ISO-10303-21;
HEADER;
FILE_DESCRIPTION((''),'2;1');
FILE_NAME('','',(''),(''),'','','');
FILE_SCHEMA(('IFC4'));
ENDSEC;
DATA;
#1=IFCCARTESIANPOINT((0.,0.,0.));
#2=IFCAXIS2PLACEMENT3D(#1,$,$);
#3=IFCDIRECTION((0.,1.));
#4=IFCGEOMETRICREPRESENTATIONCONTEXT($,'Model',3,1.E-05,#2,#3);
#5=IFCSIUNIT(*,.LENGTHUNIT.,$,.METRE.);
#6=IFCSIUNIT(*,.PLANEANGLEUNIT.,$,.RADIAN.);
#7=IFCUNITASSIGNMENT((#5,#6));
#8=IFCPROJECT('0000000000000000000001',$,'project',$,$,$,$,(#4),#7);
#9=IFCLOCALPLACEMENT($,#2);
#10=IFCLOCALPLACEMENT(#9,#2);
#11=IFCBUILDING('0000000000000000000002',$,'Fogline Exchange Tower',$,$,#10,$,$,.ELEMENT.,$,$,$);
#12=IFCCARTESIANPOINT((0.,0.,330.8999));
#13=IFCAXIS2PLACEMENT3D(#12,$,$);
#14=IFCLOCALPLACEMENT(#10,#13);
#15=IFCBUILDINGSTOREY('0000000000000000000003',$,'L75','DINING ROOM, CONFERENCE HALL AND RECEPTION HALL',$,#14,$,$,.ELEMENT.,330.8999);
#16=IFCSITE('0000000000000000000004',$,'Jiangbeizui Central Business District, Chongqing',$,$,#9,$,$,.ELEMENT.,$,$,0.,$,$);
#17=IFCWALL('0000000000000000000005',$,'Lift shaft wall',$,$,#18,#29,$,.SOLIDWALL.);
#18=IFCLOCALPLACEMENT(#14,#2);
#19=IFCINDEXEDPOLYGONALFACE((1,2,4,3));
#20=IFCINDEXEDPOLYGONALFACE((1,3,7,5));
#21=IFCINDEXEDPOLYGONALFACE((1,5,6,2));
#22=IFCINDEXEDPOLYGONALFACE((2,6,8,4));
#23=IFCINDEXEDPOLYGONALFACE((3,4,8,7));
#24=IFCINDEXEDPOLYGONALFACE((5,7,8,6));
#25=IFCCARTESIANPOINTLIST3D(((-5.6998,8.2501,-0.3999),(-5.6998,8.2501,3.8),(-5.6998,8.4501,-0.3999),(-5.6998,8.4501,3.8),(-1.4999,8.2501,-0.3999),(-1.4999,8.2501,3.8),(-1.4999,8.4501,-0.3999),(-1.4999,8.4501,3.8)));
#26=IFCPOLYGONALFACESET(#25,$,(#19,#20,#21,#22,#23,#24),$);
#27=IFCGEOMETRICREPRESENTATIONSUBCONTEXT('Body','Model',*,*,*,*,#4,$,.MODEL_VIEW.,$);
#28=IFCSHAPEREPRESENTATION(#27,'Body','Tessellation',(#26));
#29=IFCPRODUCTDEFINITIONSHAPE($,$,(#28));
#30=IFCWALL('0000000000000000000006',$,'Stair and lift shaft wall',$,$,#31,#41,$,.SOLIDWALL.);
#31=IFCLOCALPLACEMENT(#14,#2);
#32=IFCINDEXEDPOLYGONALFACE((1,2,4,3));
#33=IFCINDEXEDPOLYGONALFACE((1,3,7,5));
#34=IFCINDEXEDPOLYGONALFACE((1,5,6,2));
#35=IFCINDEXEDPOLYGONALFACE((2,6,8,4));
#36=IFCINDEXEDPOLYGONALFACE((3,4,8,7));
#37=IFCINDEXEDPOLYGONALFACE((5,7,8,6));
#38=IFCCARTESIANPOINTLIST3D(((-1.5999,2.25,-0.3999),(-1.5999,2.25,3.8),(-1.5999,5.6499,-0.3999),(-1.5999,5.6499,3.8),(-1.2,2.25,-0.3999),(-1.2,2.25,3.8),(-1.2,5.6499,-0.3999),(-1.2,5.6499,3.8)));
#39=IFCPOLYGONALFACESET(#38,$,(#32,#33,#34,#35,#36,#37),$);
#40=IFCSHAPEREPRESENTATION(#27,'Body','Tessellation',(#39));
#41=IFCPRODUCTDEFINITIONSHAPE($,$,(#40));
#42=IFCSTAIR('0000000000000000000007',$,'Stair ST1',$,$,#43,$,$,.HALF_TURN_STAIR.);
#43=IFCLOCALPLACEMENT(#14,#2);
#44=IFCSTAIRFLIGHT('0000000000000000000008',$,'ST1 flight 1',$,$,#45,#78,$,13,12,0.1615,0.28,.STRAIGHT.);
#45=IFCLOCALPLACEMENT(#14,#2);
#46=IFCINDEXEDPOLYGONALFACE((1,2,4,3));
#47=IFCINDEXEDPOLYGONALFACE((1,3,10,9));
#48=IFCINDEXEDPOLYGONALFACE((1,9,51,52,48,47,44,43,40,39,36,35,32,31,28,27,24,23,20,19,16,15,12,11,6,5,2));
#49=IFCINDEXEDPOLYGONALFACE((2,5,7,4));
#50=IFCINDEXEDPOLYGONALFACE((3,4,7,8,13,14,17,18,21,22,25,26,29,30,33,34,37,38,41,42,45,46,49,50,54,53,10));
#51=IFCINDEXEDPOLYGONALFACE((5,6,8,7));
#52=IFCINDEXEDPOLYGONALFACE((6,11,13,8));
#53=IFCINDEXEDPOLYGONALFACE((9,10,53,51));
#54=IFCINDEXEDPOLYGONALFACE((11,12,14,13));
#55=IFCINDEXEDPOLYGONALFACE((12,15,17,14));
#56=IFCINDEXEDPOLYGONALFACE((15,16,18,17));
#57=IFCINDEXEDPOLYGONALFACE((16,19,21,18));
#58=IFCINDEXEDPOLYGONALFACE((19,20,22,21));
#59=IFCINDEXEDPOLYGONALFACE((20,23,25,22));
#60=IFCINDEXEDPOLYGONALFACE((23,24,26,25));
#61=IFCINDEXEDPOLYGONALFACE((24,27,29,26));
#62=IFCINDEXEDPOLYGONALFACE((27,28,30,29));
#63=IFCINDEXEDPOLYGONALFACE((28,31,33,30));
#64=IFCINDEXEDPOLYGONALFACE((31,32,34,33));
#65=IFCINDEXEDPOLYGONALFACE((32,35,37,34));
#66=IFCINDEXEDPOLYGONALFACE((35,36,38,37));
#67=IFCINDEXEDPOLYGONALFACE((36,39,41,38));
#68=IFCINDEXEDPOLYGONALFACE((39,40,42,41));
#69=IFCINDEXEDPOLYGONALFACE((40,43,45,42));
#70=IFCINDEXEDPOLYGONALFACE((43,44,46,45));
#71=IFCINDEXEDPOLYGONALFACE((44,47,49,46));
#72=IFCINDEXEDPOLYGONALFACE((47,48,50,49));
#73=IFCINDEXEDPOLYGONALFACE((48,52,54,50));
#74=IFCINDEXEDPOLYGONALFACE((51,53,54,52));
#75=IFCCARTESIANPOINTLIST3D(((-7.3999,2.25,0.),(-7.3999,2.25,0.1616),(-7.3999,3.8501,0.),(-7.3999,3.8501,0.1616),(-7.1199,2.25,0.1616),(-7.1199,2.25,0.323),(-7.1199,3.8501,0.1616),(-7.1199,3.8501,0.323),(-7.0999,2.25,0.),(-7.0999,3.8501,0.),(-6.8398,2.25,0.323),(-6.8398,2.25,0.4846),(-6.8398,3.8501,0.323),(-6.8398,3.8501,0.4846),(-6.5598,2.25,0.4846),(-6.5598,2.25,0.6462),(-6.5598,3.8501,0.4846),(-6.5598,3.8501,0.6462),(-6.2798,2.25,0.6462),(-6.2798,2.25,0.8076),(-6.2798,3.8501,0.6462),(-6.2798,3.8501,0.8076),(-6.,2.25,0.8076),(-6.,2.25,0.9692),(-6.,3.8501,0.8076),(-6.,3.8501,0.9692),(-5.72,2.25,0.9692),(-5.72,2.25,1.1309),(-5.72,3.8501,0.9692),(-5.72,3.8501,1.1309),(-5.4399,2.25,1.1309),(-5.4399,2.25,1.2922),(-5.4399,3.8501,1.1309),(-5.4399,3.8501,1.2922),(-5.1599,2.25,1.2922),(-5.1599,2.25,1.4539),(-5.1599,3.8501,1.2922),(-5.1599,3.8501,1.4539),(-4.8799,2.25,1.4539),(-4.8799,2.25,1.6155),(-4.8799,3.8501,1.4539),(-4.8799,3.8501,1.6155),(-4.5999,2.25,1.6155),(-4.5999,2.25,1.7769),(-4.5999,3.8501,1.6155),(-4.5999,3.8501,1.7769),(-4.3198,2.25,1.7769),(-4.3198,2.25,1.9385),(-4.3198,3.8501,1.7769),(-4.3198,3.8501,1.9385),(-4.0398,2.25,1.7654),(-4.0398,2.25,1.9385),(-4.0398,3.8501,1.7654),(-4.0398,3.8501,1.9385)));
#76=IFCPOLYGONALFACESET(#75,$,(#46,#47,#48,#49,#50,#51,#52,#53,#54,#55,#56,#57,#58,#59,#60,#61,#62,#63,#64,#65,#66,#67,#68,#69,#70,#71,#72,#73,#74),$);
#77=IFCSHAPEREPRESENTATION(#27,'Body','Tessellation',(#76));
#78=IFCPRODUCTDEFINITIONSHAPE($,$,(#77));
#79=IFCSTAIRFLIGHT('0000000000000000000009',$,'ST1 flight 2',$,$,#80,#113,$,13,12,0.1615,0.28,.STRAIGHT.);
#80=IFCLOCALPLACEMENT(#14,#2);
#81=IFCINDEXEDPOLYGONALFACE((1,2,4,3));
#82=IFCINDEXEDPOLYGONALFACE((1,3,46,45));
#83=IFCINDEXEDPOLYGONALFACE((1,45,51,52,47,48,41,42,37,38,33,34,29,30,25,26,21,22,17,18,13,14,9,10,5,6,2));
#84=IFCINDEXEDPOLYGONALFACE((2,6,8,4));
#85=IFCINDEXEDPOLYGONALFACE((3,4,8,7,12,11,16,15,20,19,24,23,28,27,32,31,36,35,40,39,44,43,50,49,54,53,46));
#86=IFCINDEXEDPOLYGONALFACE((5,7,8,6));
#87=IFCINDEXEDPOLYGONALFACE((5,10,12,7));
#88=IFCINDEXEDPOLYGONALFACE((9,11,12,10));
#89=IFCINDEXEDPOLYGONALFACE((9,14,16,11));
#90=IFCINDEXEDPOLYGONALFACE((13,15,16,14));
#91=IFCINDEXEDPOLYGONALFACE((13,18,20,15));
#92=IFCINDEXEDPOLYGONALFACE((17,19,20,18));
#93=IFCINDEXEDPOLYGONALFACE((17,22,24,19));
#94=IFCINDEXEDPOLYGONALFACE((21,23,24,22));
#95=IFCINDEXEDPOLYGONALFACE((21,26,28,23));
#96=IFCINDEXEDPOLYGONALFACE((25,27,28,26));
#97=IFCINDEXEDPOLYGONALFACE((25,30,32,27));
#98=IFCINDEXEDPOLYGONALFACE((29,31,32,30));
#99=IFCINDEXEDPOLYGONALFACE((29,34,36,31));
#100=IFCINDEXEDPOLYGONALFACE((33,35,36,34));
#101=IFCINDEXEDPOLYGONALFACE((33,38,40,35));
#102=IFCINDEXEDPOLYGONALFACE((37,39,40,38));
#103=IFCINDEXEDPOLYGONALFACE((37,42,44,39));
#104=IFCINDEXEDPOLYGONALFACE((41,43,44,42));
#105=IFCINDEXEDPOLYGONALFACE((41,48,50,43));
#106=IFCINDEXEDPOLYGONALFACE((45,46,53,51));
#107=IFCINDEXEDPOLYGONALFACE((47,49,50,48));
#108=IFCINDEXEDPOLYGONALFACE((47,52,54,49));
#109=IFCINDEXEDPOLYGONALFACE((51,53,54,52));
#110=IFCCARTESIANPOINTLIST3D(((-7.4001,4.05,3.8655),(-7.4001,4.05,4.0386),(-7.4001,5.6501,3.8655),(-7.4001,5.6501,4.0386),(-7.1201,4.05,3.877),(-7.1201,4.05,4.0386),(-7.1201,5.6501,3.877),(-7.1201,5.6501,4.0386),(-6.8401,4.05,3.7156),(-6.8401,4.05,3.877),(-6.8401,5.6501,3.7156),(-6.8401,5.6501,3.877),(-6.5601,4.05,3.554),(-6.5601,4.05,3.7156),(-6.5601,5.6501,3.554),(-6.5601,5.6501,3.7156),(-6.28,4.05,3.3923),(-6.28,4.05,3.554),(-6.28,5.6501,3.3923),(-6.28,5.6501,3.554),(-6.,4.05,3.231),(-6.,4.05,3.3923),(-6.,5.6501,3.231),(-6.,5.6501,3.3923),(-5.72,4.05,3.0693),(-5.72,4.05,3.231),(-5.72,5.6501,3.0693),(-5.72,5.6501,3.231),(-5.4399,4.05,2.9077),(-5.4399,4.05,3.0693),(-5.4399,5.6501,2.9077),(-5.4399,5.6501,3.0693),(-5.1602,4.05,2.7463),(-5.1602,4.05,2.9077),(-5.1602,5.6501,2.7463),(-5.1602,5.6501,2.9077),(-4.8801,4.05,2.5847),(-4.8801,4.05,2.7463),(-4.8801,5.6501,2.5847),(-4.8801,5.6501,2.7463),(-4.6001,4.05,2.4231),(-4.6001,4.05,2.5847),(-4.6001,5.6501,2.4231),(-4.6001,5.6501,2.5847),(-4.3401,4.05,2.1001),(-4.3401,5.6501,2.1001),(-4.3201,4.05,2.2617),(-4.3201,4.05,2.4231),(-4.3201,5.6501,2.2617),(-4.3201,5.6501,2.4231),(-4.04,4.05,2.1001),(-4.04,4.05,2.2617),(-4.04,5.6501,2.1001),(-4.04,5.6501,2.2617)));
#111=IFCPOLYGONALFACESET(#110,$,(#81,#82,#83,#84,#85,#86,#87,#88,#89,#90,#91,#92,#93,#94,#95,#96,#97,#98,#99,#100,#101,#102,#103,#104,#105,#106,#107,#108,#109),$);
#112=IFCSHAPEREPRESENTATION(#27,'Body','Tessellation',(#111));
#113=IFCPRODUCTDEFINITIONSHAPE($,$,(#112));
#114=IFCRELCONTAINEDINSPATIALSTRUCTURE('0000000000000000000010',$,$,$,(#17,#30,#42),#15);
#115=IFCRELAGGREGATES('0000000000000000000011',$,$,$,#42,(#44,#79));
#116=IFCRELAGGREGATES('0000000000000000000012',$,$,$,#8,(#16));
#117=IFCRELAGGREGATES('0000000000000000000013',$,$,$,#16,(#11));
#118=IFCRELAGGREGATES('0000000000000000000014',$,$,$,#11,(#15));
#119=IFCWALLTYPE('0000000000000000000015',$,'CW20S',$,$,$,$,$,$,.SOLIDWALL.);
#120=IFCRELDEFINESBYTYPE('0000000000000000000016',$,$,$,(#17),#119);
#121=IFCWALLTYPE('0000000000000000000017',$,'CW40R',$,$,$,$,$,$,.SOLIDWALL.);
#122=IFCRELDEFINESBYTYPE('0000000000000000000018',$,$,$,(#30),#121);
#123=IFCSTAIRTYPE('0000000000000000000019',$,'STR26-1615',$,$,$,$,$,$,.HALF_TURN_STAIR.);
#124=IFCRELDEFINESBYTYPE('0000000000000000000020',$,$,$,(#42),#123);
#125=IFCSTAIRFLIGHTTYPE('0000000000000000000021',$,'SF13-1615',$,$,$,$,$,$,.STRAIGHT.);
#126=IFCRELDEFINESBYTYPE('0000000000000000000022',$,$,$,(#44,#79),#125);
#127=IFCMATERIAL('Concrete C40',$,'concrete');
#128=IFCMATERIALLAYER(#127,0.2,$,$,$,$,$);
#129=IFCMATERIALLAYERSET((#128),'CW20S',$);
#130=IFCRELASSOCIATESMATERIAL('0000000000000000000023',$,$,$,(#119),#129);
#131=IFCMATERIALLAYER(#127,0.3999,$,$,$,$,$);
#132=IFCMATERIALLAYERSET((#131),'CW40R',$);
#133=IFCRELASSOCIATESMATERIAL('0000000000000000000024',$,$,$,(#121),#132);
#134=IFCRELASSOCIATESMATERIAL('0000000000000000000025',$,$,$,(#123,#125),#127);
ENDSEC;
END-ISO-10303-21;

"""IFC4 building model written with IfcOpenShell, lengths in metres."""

from ifc_helpers import new_model, si_unit, direction, frame, frame_2d, origin, place, context, subcontext, project, spatial, polyline, rectangle, outline, extrude, material, layer, layer_set, type_object, element, aggregate, save


model = new_model("IFC4")

# Units and contexts
model_context = context("Model", 3, precision=1e-05, world=origin(), true_north=direction((0.0, 1.0)))
body_context = subcontext(model_context, "Body", "Model", "MODEL_VIEW")
ifc_project = project(units=[si_unit("LENGTHUNIT", "METRE"), si_unit("PLANEANGLEUNIT", "RADIAN")], contexts=[model_context])

# Site, building, storey
site_placement = place(None, origin())
site = spatial("IfcSite", under=ifc_project, at=site_placement, Name="Jiangbeizui Central Business District, Chongqing", CompositionType="ELEMENT", RefElevation=0.0)
building_placement = place(site_placement, origin())
building = spatial("IfcBuilding", under=site, at=building_placement, Name="Fogline Exchange Tower", CompositionType="ELEMENT")
storey_placement = place(building_placement, frame((0.0, 0.0, 330.8999)))
storey = spatial("IfcBuildingStorey", under=building, at=storey_placement, Name="L75", Description="DINING ROOM, CONFERENCE HALL AND RECEPTION HALL", CompositionType="ELEMENT", Elevation=330.8999)

# Shared definitions
ifc_material_1 = material(Name="Concrete C40", Category="concrete")

# Shared definitions
ifc_layer_1 = layer(ifc_material_1, 0.2)
ifc_layer_set_1 = layer_set([ifc_layer_1], Name="CW20S")
wall_type_1 = type_object("IfcWallType", Name="CW20S", PredefinedType="SOLIDWALL", material=ifc_layer_set_1)

# Walls
wall_1_placement = place(storey_placement, frame((-5.7, 8.3501, -0.3999), z_axis=(0.0, 0.0, 1.0), x_axis=(1.0, 0.0, 0.0)))
element("IfcWall", 1, at=wall_1_placement, inside=storey, type_object=wall_type_1, Name="Lift shaft wall", PredefinedType="SOLIDWALL", context=body_context, shape_type="SweptSolid", body=[
    extrude(rectangle(XDim=4.2, YDim=0.2, at=frame_2d((2.1001, 0.0))), origin(), (0.0, 0.0, 1.0), 4.2),
])
ifc_layer_2 = layer(ifc_material_1, 0.3999)
ifc_layer_set_2 = layer_set([ifc_layer_2], Name="CW40R")
wall_type_2 = type_object("IfcWallType", Name="CW40R", PredefinedType="SOLIDWALL", material=ifc_layer_set_2)
wall_2_placement = place(storey_placement, frame((-1.3999, 2.25, -0.3999), z_axis=(0.0, 0.0, 1.0), x_axis=(0.0, 1.0, 0.0)))
element("IfcWall", 2, at=wall_2_placement, inside=storey, type_object=wall_type_2, Name="Stair and lift shaft wall", PredefinedType="SOLIDWALL", context=body_context, shape_type="SweptSolid", body=[
    extrude(rectangle(XDim=3.3999, YDim=0.3999, at=frame_2d((1.7, 0.0))), origin(), (0.0, 0.0, 1.0), 4.2),
])

# Stair, stair flights
stair_type = type_object("IfcStairType", Name="STR26-1615", PredefinedType="HALF_TURN_STAIR", material=ifc_material_1)
stair_placement = place(storey_placement, origin())
stair = element("IfcStair", 3, at=stair_placement, inside=storey, type_object=stair_type, Name="Stair ST1", PredefinedType="HALF_TURN_STAIR")
stair_flight_type = type_object("IfcStairFlightType", Name="SF13-1615", PredefinedType="STRAIGHT", material=ifc_material_1)
stair_flight_1_placement = place(storey_placement, frame((-7.3999, 3.05, 0.0), z_axis=(0.0, 0.0, 1.0), x_axis=(1.0, 0.0, 0.0)))
stair_flight_1 = element("IfcStairFlight", 4, at=stair_flight_1_placement, type_object=stair_flight_type, Name="ST1 flight 1", NumberOfRisers=13, NumberOfTreads=12, PredefinedType="STRAIGHT", RiserHeight=0.1615, TreadLength=0.28, context=body_context, shape_type="SweptSolid", body=[
    extrude(outline(polyline([(0.0, 0.0), (0.0, 0.1616), (0.28, 0.1616), (0.28, 0.323), (0.5601, 0.323), (0.5601, 0.4846), (0.8401, 0.4846), (0.8401, 0.6462), (1.1201, 0.6462), (1.1201, 0.8076), (1.3999, 0.8076), (1.3999, 0.9692), (1.6799, 0.9692), (1.6799, 1.1309), (1.96, 1.1309), (1.96, 1.2922), (2.24, 1.2922), (2.24, 1.4539), (2.52, 1.4539), (2.52, 1.6155), (2.8, 1.6155), (2.8, 1.7769), (3.0801, 1.7769), (3.0801, 1.9385), (3.3601, 1.9385), (3.3601, 2.1001), (3.3601, 1.7654), (0.3, 0.0), (0.0, 0.0)])), frame((0.0, 0.8, 0.0), z_axis=(0.0, -1.0, 0.0), x_axis=(1.0, 0.0, 0.0)), (0.0, 0.0, 1.0), 1.6001),
])
stair_flight_2_placement = place(storey_placement, frame((-4.04, 4.8501, 2.1001), z_axis=(0.0, 0.0, 1.0), x_axis=(-1.0, 0.0, 0.0)))
stair_flight_2 = element("IfcStairFlight", 5, at=stair_flight_2_placement, type_object=stair_flight_type, Name="ST1 flight 2", NumberOfRisers=13, NumberOfTreads=12, PredefinedType="STRAIGHT", RiserHeight=0.1615, TreadLength=0.28, context=body_context, shape_type="SweptSolid", body=[
    extrude(outline(polyline([(0.0, 0.0), (0.0, 0.1616), (0.28, 0.1616), (0.28, 0.323), (0.5601, 0.323), (0.5601, 0.4846), (0.8401, 0.4846), (0.8401, 0.6462), (1.1201, 0.6462), (1.1201, 0.8076), (1.3999, 0.8076), (1.3999, 0.9692), (1.6799, 0.9692), (1.6799, 1.1309), (1.96, 1.1309), (1.96, 1.2922), (2.24, 1.2922), (2.24, 1.4539), (2.52, 1.4539), (2.52, 1.6155), (2.8, 1.6155), (2.8, 1.7769), (3.0801, 1.7769), (3.0801, 1.9385), (3.3601, 1.9385), (3.3601, 2.1001), (3.3601, 1.7654), (0.3, 0.0), (0.0, 0.0)])), frame((0.0, 0.8, 0.0), z_axis=(0.0, -1.0, 0.0), x_axis=(1.0, 0.0, 0.0)), (0.0, 0.0, 1.0), 1.6001),
])
aggregate(stair, [stair_flight_1, stair_flight_2])

save(model, "model.ifc")
